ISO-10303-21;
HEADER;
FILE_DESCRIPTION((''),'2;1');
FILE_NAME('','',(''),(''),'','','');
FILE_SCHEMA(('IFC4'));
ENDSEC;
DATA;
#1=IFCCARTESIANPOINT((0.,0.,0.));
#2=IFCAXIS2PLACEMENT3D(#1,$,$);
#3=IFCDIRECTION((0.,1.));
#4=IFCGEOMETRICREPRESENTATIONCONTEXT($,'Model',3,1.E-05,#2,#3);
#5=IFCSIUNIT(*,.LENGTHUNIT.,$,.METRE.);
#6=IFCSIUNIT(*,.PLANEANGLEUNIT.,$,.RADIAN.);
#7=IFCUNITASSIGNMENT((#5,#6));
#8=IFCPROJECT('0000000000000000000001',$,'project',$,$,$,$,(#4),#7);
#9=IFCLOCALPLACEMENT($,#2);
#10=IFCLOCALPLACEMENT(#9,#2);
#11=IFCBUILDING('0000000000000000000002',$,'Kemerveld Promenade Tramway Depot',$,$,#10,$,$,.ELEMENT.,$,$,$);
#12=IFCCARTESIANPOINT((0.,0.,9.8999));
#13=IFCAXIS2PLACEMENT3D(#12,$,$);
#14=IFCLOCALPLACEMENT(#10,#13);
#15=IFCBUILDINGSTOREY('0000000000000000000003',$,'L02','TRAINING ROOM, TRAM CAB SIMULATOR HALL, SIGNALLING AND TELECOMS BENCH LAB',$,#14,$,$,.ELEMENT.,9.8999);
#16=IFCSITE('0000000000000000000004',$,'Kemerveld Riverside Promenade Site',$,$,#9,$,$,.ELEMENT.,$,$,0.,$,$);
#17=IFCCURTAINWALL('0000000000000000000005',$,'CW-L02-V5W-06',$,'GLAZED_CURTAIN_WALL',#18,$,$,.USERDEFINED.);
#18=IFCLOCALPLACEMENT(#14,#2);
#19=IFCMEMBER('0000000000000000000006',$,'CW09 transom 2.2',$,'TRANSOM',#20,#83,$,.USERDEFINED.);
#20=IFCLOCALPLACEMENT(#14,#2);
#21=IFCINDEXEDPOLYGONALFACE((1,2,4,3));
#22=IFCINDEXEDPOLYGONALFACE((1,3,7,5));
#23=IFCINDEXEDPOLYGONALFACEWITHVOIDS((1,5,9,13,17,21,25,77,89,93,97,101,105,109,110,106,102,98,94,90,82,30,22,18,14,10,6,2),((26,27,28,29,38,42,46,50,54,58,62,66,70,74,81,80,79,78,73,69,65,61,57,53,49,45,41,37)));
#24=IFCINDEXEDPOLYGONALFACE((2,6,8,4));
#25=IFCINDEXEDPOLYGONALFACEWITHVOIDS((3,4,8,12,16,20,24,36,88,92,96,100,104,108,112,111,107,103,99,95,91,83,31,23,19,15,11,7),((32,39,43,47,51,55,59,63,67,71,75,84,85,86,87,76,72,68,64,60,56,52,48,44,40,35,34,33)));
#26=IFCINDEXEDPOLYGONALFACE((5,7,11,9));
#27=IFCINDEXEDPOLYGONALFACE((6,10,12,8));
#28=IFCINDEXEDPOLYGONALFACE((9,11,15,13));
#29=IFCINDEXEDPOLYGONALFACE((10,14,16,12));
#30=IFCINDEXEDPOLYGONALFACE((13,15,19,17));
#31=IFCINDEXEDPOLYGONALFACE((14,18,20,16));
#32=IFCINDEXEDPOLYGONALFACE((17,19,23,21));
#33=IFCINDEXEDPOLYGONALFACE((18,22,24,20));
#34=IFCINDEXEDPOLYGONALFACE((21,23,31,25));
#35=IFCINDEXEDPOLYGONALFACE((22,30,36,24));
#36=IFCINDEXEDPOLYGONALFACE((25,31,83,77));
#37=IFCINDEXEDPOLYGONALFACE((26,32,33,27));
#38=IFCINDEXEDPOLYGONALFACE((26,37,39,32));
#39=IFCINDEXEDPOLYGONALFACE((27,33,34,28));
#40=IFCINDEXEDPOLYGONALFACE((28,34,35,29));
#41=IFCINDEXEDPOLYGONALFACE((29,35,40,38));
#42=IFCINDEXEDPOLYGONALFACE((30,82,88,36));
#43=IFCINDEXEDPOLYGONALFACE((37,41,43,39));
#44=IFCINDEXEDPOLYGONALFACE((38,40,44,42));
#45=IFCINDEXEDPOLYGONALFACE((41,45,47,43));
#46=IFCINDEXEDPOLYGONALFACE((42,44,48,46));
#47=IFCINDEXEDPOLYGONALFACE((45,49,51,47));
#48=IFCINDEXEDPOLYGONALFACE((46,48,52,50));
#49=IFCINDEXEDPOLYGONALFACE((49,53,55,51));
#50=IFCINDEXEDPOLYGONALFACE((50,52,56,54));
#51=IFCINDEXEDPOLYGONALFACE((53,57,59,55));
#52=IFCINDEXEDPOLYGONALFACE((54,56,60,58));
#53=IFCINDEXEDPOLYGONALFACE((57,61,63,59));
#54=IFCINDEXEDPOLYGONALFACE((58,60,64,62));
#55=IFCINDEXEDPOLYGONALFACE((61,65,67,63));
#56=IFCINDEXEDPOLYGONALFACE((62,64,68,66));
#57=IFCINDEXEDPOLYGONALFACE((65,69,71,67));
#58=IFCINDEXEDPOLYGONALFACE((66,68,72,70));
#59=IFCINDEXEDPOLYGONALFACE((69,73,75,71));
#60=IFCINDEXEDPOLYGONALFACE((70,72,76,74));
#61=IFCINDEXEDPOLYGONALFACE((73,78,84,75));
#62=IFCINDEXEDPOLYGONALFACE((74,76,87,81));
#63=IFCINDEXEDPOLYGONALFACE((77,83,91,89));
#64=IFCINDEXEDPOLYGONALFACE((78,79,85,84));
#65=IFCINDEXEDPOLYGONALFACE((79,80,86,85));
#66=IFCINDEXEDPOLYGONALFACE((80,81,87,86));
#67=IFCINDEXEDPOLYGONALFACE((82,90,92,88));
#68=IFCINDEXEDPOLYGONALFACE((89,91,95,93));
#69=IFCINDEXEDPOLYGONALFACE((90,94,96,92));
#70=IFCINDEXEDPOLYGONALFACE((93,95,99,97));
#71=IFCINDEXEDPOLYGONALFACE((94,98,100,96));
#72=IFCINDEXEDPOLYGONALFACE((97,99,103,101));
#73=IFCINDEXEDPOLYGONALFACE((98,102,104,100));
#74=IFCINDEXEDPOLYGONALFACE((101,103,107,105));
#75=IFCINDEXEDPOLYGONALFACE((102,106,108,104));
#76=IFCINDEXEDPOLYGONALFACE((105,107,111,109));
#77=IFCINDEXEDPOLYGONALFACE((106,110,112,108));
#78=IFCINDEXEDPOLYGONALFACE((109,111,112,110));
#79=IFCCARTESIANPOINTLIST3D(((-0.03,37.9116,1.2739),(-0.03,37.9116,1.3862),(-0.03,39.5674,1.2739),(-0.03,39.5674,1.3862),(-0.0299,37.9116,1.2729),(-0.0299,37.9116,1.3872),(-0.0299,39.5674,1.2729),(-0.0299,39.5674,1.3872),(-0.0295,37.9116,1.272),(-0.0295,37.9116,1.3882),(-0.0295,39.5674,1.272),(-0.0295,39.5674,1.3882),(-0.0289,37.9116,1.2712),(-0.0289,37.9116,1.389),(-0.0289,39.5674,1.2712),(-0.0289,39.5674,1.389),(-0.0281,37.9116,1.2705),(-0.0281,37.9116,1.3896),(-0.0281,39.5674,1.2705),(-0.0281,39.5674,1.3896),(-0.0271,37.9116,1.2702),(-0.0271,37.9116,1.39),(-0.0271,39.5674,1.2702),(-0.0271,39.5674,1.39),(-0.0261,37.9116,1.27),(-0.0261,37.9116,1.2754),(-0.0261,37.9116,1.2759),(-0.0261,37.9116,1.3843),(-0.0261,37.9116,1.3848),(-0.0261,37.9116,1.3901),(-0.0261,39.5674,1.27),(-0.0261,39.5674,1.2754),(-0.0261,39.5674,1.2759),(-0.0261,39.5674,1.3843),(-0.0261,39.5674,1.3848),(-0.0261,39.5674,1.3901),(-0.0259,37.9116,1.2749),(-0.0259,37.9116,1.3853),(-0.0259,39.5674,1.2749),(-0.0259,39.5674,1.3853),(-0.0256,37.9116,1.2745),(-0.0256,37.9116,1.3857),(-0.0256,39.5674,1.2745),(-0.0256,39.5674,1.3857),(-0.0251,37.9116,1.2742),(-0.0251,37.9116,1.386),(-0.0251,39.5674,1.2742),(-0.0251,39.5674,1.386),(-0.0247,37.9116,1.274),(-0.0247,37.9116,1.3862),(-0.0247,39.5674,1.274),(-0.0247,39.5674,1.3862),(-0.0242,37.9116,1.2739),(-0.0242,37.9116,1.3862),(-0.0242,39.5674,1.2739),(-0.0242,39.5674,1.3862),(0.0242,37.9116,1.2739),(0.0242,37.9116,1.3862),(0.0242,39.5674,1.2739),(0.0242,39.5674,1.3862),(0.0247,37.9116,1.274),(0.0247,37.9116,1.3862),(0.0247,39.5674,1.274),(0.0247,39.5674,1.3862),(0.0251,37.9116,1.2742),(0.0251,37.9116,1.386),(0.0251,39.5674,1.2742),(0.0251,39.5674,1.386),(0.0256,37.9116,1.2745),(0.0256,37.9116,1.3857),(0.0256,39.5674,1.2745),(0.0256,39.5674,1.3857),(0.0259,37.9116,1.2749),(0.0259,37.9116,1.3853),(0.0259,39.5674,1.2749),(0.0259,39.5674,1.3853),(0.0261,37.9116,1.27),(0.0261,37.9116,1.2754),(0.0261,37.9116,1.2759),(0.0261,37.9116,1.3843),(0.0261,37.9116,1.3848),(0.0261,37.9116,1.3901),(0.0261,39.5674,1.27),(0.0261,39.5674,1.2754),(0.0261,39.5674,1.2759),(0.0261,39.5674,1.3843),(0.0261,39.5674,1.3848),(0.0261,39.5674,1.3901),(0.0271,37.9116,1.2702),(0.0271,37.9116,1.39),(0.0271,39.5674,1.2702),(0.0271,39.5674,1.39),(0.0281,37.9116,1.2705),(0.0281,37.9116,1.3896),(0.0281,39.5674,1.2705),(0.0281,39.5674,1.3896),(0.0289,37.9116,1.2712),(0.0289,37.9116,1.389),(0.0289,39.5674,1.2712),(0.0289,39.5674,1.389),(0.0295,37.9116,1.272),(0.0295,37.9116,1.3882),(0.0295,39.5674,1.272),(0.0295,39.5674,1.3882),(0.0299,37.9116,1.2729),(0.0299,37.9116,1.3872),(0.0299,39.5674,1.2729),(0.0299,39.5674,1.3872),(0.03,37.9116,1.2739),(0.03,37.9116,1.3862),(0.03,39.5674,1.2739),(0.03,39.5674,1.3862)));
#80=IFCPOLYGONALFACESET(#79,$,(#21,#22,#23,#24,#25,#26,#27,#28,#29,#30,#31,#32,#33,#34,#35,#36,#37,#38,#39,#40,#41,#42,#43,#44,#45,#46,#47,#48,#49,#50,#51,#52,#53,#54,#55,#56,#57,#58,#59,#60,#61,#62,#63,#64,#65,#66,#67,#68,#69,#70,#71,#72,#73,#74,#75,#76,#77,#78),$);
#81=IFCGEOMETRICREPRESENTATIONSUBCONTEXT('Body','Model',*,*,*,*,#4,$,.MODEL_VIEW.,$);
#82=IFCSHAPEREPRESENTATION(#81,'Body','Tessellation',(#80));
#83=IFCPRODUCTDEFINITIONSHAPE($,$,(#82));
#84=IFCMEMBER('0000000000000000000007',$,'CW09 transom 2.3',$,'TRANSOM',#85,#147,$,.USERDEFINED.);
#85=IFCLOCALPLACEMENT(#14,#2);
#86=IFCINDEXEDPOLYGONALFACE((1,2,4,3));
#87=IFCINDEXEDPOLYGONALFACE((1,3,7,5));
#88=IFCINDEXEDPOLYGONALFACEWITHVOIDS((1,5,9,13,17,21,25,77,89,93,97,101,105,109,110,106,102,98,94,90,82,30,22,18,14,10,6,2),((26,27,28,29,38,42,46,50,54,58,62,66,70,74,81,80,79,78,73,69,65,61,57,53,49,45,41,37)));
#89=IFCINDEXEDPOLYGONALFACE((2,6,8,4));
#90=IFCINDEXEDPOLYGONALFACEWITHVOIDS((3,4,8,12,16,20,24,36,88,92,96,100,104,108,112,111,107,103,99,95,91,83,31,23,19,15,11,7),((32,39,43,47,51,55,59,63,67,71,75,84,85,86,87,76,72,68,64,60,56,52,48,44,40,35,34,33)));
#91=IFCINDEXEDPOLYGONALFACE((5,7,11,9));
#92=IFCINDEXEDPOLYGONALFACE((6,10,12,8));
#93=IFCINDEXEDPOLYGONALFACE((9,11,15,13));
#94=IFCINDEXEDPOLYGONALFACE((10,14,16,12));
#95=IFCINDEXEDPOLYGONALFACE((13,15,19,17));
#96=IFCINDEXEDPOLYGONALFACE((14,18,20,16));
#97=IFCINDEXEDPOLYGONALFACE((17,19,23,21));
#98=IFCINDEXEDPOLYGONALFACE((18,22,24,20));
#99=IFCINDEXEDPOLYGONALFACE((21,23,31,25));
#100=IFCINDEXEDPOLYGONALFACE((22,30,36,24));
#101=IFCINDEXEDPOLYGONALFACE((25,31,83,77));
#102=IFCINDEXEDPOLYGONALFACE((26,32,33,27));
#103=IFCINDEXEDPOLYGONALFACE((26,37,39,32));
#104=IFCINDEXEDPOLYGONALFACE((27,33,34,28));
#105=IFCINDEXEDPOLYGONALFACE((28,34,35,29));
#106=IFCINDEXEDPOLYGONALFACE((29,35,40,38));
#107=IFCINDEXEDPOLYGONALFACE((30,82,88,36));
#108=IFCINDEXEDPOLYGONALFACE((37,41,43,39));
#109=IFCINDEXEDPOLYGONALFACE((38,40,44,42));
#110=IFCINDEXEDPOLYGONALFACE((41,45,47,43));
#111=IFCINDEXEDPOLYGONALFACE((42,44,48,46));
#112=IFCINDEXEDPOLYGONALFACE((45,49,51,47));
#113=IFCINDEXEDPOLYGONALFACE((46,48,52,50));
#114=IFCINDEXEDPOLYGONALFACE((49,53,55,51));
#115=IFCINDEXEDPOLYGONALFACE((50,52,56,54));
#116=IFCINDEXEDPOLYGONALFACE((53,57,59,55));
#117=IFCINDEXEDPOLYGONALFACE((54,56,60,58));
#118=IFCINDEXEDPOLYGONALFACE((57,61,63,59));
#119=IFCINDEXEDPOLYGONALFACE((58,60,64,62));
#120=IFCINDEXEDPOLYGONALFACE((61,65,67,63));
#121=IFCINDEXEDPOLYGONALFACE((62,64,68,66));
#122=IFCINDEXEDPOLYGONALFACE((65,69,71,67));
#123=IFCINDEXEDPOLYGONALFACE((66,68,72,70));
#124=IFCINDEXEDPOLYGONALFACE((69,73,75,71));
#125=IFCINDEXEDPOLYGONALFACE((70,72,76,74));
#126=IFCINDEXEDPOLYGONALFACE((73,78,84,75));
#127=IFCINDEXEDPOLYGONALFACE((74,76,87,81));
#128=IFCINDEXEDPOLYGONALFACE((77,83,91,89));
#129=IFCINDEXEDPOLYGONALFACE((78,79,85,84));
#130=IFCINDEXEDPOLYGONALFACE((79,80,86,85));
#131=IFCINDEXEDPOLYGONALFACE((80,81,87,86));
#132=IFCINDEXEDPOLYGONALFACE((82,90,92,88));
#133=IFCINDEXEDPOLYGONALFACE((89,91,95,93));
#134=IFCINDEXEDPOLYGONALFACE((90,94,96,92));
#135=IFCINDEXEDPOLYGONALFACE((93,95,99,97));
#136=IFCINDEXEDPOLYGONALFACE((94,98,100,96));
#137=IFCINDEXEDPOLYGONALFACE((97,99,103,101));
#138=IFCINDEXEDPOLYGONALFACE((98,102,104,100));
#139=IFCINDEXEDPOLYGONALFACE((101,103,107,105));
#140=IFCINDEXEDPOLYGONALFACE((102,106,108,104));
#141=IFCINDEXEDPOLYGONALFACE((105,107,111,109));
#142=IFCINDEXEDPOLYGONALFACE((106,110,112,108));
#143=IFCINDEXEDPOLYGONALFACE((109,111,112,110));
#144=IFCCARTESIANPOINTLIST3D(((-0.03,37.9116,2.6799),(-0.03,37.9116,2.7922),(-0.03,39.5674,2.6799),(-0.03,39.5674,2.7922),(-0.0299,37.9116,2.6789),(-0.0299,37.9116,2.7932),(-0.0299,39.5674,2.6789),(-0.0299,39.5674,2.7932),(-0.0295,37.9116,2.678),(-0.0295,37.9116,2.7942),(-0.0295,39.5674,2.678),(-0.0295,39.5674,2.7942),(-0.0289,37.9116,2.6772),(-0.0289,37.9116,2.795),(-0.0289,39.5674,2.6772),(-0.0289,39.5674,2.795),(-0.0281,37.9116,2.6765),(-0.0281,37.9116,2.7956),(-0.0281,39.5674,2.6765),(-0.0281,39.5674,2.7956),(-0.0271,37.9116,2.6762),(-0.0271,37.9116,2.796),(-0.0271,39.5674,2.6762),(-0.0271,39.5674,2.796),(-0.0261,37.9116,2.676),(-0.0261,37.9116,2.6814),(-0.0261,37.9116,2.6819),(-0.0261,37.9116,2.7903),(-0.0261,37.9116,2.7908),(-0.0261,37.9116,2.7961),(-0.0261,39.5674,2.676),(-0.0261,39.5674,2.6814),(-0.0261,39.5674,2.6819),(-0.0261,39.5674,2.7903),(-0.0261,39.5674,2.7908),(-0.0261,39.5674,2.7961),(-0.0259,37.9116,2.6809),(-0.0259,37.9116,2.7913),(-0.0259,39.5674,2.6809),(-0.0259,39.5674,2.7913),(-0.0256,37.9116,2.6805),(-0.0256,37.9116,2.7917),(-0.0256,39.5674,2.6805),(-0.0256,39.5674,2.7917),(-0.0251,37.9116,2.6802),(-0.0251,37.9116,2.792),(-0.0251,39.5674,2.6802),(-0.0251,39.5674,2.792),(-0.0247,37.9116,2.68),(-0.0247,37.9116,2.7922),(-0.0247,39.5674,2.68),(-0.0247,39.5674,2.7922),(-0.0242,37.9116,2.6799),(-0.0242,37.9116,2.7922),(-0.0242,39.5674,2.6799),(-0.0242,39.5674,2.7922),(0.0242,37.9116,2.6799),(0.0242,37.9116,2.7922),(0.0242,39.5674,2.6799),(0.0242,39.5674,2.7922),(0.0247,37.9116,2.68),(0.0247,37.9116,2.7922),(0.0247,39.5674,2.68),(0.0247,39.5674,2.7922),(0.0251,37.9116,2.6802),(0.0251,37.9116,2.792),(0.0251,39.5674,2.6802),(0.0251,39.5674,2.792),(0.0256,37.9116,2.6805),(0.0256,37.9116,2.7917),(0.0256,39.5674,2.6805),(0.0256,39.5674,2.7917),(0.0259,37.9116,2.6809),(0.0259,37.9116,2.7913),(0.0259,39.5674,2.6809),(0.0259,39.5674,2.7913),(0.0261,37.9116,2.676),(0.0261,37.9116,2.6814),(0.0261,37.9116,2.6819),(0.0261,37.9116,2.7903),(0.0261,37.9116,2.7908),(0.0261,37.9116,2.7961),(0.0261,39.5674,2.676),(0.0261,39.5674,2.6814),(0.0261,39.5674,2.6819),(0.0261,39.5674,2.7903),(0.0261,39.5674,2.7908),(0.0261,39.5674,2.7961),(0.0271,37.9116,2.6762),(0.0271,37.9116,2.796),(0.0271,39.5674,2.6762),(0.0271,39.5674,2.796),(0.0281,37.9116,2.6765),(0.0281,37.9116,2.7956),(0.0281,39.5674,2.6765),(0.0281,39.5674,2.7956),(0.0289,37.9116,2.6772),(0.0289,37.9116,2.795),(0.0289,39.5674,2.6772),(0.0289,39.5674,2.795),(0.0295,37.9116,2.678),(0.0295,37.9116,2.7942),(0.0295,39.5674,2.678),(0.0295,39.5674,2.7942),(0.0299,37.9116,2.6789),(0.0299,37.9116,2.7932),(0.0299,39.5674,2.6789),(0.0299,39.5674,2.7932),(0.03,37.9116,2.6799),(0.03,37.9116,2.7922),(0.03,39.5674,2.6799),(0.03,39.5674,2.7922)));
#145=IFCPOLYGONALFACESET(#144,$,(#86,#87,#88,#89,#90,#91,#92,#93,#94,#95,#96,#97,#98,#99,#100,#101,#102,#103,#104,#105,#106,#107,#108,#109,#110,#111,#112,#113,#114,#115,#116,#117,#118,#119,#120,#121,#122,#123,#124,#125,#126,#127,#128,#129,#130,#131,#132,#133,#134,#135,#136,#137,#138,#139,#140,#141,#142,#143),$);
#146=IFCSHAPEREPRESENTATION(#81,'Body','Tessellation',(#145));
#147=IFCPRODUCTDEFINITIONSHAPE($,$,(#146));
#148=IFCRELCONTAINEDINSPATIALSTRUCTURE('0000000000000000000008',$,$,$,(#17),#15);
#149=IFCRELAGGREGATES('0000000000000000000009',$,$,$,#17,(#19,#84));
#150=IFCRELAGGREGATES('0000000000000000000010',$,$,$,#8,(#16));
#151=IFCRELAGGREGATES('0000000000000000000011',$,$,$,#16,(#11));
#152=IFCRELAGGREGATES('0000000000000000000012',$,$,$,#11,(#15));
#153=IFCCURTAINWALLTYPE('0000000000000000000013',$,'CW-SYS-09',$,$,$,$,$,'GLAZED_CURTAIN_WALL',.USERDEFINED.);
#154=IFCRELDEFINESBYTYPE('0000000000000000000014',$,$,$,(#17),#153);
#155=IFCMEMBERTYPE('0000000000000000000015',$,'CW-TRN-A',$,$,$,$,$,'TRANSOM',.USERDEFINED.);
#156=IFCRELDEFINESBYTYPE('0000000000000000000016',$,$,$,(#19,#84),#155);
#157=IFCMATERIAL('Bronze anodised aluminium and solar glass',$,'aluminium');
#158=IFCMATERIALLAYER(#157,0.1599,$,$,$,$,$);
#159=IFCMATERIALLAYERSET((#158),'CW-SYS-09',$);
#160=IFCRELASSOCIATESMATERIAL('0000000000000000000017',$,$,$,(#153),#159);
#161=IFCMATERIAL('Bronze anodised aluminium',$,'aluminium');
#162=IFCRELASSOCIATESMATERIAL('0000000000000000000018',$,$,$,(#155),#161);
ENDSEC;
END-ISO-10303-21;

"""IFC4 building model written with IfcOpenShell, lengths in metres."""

from ifc_helpers import new_model, si_unit, direction, frame, origin, origin_2d, place, context, subcontext, project, spatial, hollow_rectangle, extrude, material, layer, layer_set, material_profile, profile_set, type_object, element, aggregate, save


model = new_model("IFC4")

# Units and contexts
model_context = context("Model", 3, precision=1e-05, world=origin(), true_north=direction((0.0, 1.0)))
body_context = subcontext(model_context, "Body", "Model", "MODEL_VIEW")
ifc_project = project(units=[si_unit("LENGTHUNIT", "METRE"), si_unit("PLANEANGLEUNIT", "RADIAN")], contexts=[model_context])

# Site, building, storey
site_placement = place(None, origin())
site = spatial("IfcSite", under=ifc_project, at=site_placement, Name="Kemerveld Riverside Promenade Site", CompositionType="ELEMENT", RefElevation=0.0)
building_placement = place(site_placement, origin())
building = spatial("IfcBuilding", under=site, at=building_placement, Name="Kemerveld Promenade Tramway Depot", CompositionType="ELEMENT")
storey_placement = place(building_placement, frame((0.0, 0.0, 9.8999)))
storey = spatial("IfcBuildingStorey", under=building, at=storey_placement, Name="L02", Description="TRAINING ROOM, TRAM CAB SIMULATOR HALL, SIGNALLING AND TELECOMS BENCH LAB", CompositionType="ELEMENT", Elevation=9.8999)

# Curtain wall, members
ifc_material_1 = material(Name="Bronze anodised aluminium and solar glass", Category="aluminium")
ifc_layer_1 = layer(ifc_material_1, 0.1599)
ifc_layer_set_1 = layer_set([ifc_layer_1], Name="CW-SYS-09")
curtain_wall_type = type_object("IfcCurtainWallType", Name="CW-SYS-09", ElementType="GLAZED_CURTAIN_WALL", PredefinedType="USERDEFINED", material=ifc_layer_set_1)
curtain_wall_placement = place(storey_placement, origin())
curtain_wall = element("IfcCurtainWall", 1, at=curtain_wall_placement, inside=storey, type_object=curtain_wall_type, Name="CW-L02-V5W-06", ObjectType="GLAZED_CURTAIN_WALL", PredefinedType="USERDEFINED")
ifc_material_2 = material(Name="Bronze anodised aluminium", Category="aluminium")
ifc_material_profile_1 = material_profile(ifc_material_2, hollow_rectangle(XDim=0.0601, YDim=0.1201, WallThickness=0.0039, InnerFilletRadius=0.002, OuterFilletRadius=0.0039, at=origin_2d()), Name="CW-TRN-120x60")
ifc_profile_set_1 = profile_set([ifc_material_profile_1], Name="Bronze anodised aluminium")
member_type_1 = type_object("IfcMemberType", Name="CW-TRN-A", ElementType="TRANSOM", PredefinedType="USERDEFINED", material=ifc_profile_set_1)
member_1_placement = place(storey_placement, frame((0.0, 37.9116, 1.3301), z_axis=(0.0, 1.0, 0.0), x_axis=(-1.0, 0.0, 0.0)))
member_1 = element("IfcMember", 2, at=member_1_placement, type_object=member_type_1, Name="CW09 transom 2.2", ObjectType="TRANSOM", PredefinedType="USERDEFINED", context=body_context, shape_type="SweptSolid", body=[
    extrude(hollow_rectangle(XDim=0.0601, YDim=0.1201, WallThickness=0.0039, InnerFilletRadius=0.002, OuterFilletRadius=0.0039, at=origin_2d()), origin(), (0.0, 0.0, 1.0), 1.6558),
])
member_2_placement = place(storey_placement, frame((0.0, 37.9116, 2.7361), z_axis=(0.0, 1.0, 0.0), x_axis=(-1.0, 0.0, 0.0)))
member_2 = element("IfcMember", 3, at=member_2_placement, type_object=member_type_1, Name="CW09 transom 2.3", ObjectType="TRANSOM", PredefinedType="USERDEFINED", context=body_context, shape_type="SweptSolid", body=[
    extrude(hollow_rectangle(XDim=0.0601, YDim=0.1201, WallThickness=0.0039, InnerFilletRadius=0.002, OuterFilletRadius=0.0039, at=origin_2d()), origin(), (0.0, 0.0, 1.0), 1.6558),
])
aggregate(curtain_wall, [member_1, member_2])

save(model, "model.ifc")
